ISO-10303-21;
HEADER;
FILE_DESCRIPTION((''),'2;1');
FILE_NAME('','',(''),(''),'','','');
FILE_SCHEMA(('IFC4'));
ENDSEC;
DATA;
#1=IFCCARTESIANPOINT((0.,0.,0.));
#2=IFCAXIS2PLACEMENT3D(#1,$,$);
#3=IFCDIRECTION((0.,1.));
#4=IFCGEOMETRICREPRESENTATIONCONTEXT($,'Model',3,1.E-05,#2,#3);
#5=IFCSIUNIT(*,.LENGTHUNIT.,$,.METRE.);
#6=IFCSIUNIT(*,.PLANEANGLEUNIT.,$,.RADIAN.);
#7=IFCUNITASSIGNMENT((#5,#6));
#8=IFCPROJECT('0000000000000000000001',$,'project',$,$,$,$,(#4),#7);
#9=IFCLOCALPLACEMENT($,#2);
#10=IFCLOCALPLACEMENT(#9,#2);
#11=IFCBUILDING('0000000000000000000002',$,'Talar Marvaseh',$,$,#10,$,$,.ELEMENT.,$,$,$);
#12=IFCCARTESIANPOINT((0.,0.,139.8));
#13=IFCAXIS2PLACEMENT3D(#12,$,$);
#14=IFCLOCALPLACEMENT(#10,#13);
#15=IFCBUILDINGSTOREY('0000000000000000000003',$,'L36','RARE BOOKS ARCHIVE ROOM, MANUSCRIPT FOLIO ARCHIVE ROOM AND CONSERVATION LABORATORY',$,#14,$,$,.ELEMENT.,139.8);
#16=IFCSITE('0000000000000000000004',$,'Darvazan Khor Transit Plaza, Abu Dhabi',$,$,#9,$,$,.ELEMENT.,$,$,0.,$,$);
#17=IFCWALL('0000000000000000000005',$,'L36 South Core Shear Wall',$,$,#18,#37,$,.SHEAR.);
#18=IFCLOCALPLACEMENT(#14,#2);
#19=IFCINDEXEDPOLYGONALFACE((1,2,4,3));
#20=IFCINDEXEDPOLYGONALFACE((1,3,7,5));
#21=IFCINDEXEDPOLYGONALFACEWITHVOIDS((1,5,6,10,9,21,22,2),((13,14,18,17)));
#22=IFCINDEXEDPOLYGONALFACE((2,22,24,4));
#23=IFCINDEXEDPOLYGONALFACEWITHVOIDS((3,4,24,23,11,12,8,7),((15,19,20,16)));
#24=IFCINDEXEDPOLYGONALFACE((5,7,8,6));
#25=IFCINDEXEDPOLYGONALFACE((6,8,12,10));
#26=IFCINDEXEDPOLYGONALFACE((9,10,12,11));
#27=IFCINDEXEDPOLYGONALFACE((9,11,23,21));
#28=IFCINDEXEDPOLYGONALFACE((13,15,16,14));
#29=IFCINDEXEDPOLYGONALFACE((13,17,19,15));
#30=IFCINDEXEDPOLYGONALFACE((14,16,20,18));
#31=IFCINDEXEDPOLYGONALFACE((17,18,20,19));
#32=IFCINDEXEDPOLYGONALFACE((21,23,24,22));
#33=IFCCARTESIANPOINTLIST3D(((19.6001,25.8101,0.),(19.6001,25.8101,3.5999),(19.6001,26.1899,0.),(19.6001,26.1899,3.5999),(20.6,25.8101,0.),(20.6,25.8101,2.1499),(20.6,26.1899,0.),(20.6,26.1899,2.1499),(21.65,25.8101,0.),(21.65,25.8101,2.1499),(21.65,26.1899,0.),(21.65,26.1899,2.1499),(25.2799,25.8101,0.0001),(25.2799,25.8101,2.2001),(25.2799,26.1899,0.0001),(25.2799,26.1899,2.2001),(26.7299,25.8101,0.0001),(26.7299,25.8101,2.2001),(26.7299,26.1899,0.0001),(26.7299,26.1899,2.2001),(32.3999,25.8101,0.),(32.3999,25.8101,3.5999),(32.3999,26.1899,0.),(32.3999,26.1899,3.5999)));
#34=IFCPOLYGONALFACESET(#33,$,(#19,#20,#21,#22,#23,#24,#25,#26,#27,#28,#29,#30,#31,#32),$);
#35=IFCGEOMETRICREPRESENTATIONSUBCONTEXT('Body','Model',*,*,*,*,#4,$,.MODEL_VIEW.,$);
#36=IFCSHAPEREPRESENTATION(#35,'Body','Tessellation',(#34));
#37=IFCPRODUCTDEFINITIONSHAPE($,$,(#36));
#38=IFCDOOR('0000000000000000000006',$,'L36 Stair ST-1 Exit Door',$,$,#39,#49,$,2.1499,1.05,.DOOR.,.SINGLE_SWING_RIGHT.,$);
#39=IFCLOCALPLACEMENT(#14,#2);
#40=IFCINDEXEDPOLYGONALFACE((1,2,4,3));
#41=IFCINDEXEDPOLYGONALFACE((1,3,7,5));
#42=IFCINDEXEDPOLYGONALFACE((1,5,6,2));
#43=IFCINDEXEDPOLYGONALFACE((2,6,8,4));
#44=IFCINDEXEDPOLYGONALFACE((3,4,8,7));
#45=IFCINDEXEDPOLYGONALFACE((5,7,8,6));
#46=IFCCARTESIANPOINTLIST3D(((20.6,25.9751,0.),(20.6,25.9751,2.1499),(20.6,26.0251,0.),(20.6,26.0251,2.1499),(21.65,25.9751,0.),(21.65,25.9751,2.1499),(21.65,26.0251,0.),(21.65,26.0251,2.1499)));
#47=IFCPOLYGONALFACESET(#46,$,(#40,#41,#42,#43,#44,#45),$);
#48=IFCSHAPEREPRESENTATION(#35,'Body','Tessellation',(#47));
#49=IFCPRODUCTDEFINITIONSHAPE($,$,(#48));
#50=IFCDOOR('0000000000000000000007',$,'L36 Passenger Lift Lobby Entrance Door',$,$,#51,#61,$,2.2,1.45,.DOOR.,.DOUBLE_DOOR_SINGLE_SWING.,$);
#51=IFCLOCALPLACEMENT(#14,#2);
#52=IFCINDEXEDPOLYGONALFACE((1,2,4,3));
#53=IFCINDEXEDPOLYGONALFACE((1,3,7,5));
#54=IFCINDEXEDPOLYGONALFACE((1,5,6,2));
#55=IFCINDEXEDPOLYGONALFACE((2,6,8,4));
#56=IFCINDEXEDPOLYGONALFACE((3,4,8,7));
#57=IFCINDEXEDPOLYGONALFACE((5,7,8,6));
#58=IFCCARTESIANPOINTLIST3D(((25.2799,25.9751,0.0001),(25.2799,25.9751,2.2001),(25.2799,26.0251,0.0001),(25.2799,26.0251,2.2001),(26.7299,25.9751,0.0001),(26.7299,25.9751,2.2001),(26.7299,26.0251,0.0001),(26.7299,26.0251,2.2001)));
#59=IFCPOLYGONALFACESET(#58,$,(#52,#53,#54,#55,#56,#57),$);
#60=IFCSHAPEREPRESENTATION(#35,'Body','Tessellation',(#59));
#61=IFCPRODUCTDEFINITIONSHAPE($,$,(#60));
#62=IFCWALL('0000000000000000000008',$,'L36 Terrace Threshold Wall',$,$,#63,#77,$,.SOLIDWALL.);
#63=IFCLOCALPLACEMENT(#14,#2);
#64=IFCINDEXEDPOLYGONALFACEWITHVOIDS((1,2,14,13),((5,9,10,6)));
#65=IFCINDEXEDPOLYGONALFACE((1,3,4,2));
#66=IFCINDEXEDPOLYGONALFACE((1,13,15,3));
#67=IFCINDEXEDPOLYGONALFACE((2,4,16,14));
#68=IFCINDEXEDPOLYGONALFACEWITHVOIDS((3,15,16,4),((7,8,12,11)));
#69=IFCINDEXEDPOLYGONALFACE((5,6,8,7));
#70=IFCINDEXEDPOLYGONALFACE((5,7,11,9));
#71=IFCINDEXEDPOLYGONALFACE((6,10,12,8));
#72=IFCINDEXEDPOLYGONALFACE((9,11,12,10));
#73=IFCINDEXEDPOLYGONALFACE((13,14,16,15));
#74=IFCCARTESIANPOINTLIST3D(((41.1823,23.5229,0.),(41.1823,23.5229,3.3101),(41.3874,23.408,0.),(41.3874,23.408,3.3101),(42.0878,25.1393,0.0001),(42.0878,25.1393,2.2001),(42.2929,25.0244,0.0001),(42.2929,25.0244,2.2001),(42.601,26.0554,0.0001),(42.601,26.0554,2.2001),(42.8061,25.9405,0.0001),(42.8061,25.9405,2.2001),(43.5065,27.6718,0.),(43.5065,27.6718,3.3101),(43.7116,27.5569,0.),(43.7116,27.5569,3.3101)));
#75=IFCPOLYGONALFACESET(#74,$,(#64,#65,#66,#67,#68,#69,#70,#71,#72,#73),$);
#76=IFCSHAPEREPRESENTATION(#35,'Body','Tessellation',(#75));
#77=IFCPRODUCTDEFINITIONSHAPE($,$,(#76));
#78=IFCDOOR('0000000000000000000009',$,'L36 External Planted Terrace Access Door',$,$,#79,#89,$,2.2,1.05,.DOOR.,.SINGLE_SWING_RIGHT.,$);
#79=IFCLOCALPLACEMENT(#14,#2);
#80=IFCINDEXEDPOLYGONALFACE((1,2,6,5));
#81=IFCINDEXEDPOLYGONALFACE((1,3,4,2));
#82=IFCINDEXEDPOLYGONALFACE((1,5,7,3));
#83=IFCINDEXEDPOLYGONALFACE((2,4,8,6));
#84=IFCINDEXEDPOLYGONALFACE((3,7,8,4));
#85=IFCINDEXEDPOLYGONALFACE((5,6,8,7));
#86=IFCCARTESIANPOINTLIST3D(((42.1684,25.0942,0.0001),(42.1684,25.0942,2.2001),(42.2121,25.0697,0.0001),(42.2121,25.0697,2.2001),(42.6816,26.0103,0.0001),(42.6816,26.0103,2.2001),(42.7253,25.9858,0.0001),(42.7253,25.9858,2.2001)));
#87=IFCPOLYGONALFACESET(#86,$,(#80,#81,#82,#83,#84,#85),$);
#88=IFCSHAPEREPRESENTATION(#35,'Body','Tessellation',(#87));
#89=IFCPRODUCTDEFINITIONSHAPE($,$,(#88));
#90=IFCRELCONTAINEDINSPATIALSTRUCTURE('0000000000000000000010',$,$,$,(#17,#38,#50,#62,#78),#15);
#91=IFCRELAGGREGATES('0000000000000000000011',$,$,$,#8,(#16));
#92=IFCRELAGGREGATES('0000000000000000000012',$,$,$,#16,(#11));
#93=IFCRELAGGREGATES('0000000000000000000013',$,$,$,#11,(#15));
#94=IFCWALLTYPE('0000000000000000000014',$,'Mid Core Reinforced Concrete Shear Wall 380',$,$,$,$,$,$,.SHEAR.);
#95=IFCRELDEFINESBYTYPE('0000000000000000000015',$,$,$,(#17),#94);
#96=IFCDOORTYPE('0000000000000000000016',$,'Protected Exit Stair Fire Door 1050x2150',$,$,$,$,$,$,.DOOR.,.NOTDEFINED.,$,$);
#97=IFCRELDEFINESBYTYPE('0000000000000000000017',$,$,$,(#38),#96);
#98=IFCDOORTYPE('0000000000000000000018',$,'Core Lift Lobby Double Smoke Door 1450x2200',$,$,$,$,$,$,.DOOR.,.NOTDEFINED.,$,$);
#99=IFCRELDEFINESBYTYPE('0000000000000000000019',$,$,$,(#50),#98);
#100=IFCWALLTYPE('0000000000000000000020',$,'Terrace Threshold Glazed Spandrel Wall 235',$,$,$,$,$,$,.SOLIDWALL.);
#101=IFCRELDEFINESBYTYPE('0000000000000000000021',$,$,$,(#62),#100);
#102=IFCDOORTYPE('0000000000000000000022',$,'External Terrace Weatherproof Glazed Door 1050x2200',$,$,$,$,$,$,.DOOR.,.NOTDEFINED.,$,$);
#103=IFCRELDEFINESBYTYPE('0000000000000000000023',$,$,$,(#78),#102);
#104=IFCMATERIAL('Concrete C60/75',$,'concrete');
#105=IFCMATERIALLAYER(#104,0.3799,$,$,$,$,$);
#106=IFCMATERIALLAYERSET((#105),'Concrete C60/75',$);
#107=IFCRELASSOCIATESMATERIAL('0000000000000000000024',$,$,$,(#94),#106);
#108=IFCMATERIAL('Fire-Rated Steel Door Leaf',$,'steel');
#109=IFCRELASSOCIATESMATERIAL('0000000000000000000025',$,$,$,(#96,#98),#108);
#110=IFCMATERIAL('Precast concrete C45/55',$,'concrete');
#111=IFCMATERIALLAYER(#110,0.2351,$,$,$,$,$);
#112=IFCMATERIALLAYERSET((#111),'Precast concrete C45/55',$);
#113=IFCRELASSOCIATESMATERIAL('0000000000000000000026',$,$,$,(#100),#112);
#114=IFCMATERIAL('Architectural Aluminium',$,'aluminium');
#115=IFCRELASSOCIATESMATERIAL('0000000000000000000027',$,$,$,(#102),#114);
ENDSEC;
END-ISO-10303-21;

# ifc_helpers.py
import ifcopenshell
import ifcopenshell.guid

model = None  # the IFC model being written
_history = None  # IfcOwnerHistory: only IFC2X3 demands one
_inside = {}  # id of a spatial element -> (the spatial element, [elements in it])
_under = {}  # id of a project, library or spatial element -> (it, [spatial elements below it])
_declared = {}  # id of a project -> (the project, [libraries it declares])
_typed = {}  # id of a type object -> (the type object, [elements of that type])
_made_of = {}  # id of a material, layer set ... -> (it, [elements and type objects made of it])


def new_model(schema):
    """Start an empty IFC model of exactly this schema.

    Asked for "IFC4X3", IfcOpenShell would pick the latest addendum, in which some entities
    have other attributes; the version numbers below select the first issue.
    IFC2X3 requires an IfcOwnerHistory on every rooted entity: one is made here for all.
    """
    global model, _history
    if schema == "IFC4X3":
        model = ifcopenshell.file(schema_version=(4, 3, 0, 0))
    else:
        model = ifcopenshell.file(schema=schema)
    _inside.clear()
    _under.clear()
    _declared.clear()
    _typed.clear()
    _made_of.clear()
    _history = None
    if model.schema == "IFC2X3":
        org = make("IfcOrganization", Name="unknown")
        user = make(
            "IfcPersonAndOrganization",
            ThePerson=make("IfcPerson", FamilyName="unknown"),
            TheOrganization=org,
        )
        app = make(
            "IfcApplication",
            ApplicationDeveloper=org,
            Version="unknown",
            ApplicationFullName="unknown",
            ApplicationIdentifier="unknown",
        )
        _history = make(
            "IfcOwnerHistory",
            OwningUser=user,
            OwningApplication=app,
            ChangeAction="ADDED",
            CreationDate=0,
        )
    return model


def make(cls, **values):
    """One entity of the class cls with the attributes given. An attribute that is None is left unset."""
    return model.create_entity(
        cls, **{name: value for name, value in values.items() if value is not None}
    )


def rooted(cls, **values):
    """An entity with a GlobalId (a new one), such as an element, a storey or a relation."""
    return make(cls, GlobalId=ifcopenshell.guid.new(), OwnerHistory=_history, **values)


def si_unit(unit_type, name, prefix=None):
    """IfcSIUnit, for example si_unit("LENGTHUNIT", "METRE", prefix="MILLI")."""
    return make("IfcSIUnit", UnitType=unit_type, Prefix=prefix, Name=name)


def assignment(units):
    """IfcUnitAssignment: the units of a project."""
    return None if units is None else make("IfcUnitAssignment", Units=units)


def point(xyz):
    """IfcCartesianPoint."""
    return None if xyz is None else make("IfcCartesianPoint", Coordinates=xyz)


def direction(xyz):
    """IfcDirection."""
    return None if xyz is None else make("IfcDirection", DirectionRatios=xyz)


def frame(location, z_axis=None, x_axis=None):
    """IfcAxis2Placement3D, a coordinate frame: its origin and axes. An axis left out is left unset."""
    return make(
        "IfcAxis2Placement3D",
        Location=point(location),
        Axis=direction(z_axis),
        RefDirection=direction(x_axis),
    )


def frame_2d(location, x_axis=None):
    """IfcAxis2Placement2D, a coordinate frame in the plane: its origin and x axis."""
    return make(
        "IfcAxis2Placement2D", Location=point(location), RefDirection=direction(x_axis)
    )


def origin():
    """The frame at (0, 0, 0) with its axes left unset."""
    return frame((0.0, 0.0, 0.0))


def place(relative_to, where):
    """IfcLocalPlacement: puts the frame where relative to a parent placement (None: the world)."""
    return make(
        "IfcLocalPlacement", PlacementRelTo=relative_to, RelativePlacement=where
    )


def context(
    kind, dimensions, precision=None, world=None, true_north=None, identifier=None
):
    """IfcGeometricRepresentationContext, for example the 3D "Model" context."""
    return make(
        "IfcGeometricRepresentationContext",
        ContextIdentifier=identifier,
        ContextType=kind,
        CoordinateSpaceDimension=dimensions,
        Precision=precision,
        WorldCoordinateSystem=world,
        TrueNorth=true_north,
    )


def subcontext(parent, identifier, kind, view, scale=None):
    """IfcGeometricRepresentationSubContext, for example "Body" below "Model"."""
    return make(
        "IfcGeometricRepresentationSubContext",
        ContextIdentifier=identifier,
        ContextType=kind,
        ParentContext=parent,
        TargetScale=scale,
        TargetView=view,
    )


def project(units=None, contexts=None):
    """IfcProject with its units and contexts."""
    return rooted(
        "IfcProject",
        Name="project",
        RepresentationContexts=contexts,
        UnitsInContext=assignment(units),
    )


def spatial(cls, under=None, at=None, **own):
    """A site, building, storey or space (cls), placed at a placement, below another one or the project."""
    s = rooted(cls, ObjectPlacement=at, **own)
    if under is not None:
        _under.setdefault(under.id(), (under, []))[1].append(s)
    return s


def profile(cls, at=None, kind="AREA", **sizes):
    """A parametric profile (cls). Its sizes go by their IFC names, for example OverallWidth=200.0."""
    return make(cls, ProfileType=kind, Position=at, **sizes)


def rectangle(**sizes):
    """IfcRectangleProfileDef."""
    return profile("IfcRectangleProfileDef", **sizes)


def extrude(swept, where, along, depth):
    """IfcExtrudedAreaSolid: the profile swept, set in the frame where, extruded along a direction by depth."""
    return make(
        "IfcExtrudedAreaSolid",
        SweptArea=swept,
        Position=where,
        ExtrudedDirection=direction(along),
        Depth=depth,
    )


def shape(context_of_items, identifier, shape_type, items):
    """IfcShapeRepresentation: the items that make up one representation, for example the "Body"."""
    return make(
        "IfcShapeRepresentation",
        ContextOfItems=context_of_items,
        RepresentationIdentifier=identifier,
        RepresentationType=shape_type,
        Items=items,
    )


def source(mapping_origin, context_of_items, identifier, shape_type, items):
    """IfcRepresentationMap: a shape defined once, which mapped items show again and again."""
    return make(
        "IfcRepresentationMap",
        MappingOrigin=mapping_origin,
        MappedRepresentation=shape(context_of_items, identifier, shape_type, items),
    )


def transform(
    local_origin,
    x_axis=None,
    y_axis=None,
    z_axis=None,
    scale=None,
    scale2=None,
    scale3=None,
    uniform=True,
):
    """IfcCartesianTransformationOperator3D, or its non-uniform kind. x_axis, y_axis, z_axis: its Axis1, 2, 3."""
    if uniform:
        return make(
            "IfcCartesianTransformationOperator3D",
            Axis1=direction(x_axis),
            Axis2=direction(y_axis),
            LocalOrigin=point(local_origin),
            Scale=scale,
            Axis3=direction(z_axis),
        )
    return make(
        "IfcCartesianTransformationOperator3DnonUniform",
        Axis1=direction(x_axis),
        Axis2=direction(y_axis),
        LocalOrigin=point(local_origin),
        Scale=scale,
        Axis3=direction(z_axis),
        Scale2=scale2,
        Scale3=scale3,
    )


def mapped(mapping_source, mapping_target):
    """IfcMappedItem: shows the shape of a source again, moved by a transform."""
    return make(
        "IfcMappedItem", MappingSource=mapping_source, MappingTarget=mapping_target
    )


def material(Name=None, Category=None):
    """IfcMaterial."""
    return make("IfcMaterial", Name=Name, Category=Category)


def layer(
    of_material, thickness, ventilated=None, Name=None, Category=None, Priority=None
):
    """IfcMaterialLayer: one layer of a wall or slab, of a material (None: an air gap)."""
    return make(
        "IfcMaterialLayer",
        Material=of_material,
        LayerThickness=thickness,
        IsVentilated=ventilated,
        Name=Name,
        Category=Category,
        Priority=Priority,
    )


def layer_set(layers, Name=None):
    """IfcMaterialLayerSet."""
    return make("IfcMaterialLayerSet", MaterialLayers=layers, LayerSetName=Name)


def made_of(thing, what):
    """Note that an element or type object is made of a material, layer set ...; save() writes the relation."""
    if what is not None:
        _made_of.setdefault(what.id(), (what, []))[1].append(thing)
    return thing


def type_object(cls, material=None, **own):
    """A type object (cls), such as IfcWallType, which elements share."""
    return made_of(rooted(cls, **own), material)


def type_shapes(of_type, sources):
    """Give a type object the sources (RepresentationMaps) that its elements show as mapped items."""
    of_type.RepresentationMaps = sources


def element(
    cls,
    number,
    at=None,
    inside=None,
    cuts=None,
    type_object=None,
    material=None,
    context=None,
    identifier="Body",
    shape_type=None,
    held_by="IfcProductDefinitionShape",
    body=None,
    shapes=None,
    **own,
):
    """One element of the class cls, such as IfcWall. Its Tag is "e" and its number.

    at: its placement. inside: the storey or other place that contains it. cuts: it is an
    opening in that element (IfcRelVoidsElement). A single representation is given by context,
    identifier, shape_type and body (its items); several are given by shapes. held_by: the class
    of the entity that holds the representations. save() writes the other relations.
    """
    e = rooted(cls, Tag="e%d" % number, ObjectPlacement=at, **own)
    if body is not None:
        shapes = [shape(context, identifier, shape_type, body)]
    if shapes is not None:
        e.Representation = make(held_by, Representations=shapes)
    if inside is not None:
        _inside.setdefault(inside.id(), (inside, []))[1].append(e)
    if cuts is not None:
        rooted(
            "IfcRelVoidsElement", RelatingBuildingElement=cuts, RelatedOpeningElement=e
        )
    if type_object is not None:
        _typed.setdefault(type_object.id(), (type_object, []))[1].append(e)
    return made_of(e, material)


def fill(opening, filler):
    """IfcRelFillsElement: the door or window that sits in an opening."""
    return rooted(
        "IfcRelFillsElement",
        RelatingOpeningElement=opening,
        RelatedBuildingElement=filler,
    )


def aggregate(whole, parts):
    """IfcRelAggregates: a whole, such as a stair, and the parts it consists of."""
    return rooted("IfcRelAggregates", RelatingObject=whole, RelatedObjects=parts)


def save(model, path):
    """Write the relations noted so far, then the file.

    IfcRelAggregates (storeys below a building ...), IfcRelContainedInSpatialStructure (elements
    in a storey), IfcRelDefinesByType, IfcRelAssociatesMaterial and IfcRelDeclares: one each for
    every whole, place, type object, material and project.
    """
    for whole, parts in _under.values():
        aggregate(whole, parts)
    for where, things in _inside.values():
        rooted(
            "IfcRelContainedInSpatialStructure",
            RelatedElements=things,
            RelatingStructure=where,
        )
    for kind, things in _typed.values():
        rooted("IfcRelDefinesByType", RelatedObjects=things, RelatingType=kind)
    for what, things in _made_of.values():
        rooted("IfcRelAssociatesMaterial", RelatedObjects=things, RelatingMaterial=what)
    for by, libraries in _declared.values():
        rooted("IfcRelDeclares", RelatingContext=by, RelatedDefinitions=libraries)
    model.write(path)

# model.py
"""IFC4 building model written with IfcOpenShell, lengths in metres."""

from ifc_helpers import new_model, si_unit, direction, frame, frame_2d, origin, place, context, subcontext, project, spatial, rectangle, extrude, source, transform, mapped, material, layer, layer_set, type_object, type_shapes, element, fill, save


model = new_model("IFC4")

# Units and contexts
model_context = context("Model", 3, precision=1e-05, world=origin(), true_north=direction((0.0, 1.0)))
body_context = subcontext(model_context, "Body", "Model", "MODEL_VIEW")
ifc_project = project(units=[si_unit("LENGTHUNIT", "METRE"), si_unit("PLANEANGLEUNIT", "RADIAN")], contexts=[model_context])

# Site, building, storey
site_placement = place(None, origin())
site = spatial("IfcSite", under=ifc_project, at=site_placement, Name="Darvazan Khor Transit Plaza, Abu Dhabi", CompositionType="ELEMENT", RefElevation=0.0)
building_placement = place(site_placement, origin())
building = spatial("IfcBuilding", under=site, at=building_placement, Name="Talar Marvaseh", CompositionType="ELEMENT")
storey_placement = place(building_placement, frame((0.0, 0.0, 139.8)))
storey = spatial("IfcBuildingStorey", under=building, at=storey_placement, Name="L36", Description="RARE BOOKS ARCHIVE ROOM, MANUSCRIPT FOLIO ARCHIVE ROOM AND CONSERVATION LABORATORY", CompositionType="ELEMENT", Elevation=139.8)

# Shared definitions
ifc_material_1 = material(Name="Concrete C60/75", Category="concrete")

# Shared definitions
ifc_material_2 = material(Name="Architectural Aluminium", Category="aluminium")

# Wall, openings, doors
ifc_layer_1 = layer(ifc_material_1, 0.3799)
ifc_layer_set_1 = layer_set([ifc_layer_1], Name="Concrete C60/75")
wall_type_1 = type_object("IfcWallType", Name="Mid Core Reinforced Concrete Shear Wall 380", PredefinedType="SHEAR", material=ifc_layer_set_1)
wall_1_placement = place(storey_placement, frame((32.3999, 26.0, 0.0), z_axis=(0.0, 0.0, 1.0), x_axis=(-1.0, 0.0, 0.0)))
wall_1 = element("IfcWall", 1, at=wall_1_placement, inside=storey, type_object=wall_type_1, Name="L36 South Core Shear Wall", PredefinedType="SHEAR", context=body_context, shape_type="SweptSolid", body=[
    extrude(rectangle(XDim=12.7998, YDim=0.3799, at=frame_2d((6.3999, 0.0))), origin(), (0.0, 0.0, 1.0), 3.5999),
])
opening_1_placement = place(wall_1_placement, frame((10.75, 0.0, 0.0)))
opening_1 = element("IfcOpeningElement", 2, at=opening_1_placement, cuts=wall_1, PredefinedType="OPENING", context=body_context, shape_type="SweptSolid", body=[
    extrude(rectangle(XDim=1.05, YDim=2.1499, at=frame_2d((0.5249, 1.075))), frame((0.0, 0.2, 0.0), z_axis=(0.0, -1.0, 0.0), x_axis=(1.0, 0.0, 0.0)), (0.0, 0.0, 1.0), 0.3999),
])
opening_2_placement = place(wall_1_placement, frame((5.6699, 0.0, 0.0)))
opening_2 = element("IfcOpeningElement", 3, at=opening_2_placement, cuts=wall_1, PredefinedType="OPENING", context=body_context, shape_type="SweptSolid", body=[
    extrude(rectangle(XDim=1.45, YDim=2.2, at=frame_2d((0.7251, 1.1001))), frame((0.0, 0.2, 0.0), z_axis=(0.0, -1.0, 0.0), x_axis=(1.0, 0.0, 0.0)), (0.0, 0.0, 1.0), 0.3999),
])
ifc_material_3 = material(Name="Fire-Rated Steel Door Leaf", Category="steel")
door_type_1 = type_object("IfcDoorType", Name="Protected Exit Stair Fire Door 1050x2150", OperationType="NOTDEFINED", PredefinedType="DOOR", material=ifc_material_3)
shared_shape_1 = source(origin(), body_context, "Body", "SweptSolid", [
    extrude(rectangle(XDim=1.05, YDim=2.1499, at=frame_2d((0.5249, 1.075))), frame((0.0, 0.0249, 0.0), z_axis=(0.0, -1.0, 0.0), x_axis=(1.0, 0.0, 0.0)), (0.0, 0.0, 1.0), 0.05),
])
type_shapes(door_type_1, [shared_shape_1])
door_1_placement = place(opening_1_placement, origin())
door_1 = element("IfcDoor", 4, at=door_1_placement, inside=storey, type_object=door_type_1, Name="L36 Stair ST-1 Exit Door", OperationType="SINGLE_SWING_RIGHT", OverallHeight=2.1499, OverallWidth=1.05, PredefinedType="DOOR", context=body_context, shape_type="MappedRepresentation", body=[
    mapped(shared_shape_1, transform((0.0, 0.0, 0.0), x_axis=(1.0, 0.0, 0.0), y_axis=(0.0, 1.0, 0.0), z_axis=(0.0, 0.0, 1.0), scale=1.0)),
])
fill(opening_1, door_1)
door_type_2 = type_object("IfcDoorType", Name="Core Lift Lobby Double Smoke Door 1450x2200", OperationType="NOTDEFINED", PredefinedType="DOOR", material=ifc_material_3)
shared_shape_2 = source(origin(), body_context, "Body", "SweptSolid", [
    extrude(rectangle(XDim=1.45, YDim=2.2, at=frame_2d((0.7251, 1.1001))), frame((0.0, 0.0249, 0.0), z_axis=(0.0, -1.0, 0.0), x_axis=(1.0, 0.0, 0.0)), (0.0, 0.0, 1.0), 0.05),
])
type_shapes(door_type_2, [shared_shape_2])
door_2_placement = place(opening_2_placement, origin())
door_2 = element("IfcDoor", 5, at=door_2_placement, inside=storey, type_object=door_type_2, Name="L36 Passenger Lift Lobby Entrance Door", OperationType="DOUBLE_DOOR_SINGLE_SWING", OverallHeight=2.2, OverallWidth=1.45, PredefinedType="DOOR", context=body_context, shape_type="MappedRepresentation", body=[
    mapped(shared_shape_2, transform((0.0, 0.0, 0.0), x_axis=(1.0, 0.0, 0.0), y_axis=(0.0, 1.0, 0.0), z_axis=(0.0, 0.0, 1.0), scale=1.0)),
])
fill(opening_2, door_2)

# Wall, opening, door
ifc_material_4 = material(Name="Precast concrete C45/55", Category="concrete")
ifc_layer_2 = layer(ifc_material_4, 0.2351)
ifc_layer_set_2 = layer_set([ifc_layer_2], Name="Precast concrete C45/55")
wall_type_2 = type_object("IfcWallType", Name="Terrace Threshold Glazed Spandrel Wall 235", PredefinedType="SOLIDWALL", material=ifc_layer_set_2)
wall_2_placement = place(storey_placement, frame((43.6091, 27.6145, 0.0), z_axis=(0.0, 0.0, 1.0), x_axis=(-0.488735, -0.872432, 0.0)))
wall_2 = element("IfcWall", 6, at=wall_2_placement, inside=storey, type_object=wall_type_2, Name="L36 Terrace Threshold Wall", PredefinedType="SOLIDWALL", context=body_context, shape_type="SweptSolid", body=[
    extrude(rectangle(XDim=4.7556, YDim=0.2351, at=frame_2d((2.3779, 0.0))), origin(), (0.0, 0.0, 1.0), 3.3101),
])
opening_3_placement = place(wall_2_placement, frame((1.853, 0.0, 0.0)))
opening_3 = element("IfcOpeningElement", 7, at=opening_3_placement, cuts=wall_2, PredefinedType="OPENING", context=body_context, shape_type="SweptSolid", body=[
    extrude(rectangle(XDim=1.05, YDim=2.2, at=frame_2d((0.5249, 1.1001))), frame((0.0, 0.1274, 0.0), z_axis=(0.0, -1.0, 0.0), x_axis=(1.0, 0.0, 0.0)), (0.0, 0.0, 1.0), 0.2551),
])
door_type_3 = type_object("IfcDoorType", Name="External Terrace Weatherproof Glazed Door 1050x2200", OperationType="NOTDEFINED", PredefinedType="DOOR", material=ifc_material_2)
shared_shape_3 = source(origin(), body_context, "Body", "SweptSolid", [
    extrude(rectangle(XDim=1.05, YDim=2.2, at=frame_2d((0.5249, 1.1001))), frame((0.0, 0.0249, 0.0), z_axis=(0.0, -1.0, 0.0), x_axis=(1.0, 0.0, 0.0)), (0.0, 0.0, 1.0), 0.05),
])
type_shapes(door_type_3, [shared_shape_3])
door_3_placement = place(opening_3_placement, origin())
door_3 = element("IfcDoor", 8, at=door_3_placement, inside=storey, type_object=door_type_3, Name="L36 External Planted Terrace Access Door", OperationType="SINGLE_SWING_RIGHT", OverallHeight=2.2, OverallWidth=1.05, PredefinedType="DOOR", context=body_context, shape_type="MappedRepresentation", body=[
    mapped(shared_shape_3, transform((0.0, 0.0, 0.0), x_axis=(1.0, 0.0, 0.0), y_axis=(0.0, 1.0, 0.0), z_axis=(0.0, 0.0, 1.0), scale=1.0)),
])
fill(opening_3, door_3)

save(model, "model.ifc")
